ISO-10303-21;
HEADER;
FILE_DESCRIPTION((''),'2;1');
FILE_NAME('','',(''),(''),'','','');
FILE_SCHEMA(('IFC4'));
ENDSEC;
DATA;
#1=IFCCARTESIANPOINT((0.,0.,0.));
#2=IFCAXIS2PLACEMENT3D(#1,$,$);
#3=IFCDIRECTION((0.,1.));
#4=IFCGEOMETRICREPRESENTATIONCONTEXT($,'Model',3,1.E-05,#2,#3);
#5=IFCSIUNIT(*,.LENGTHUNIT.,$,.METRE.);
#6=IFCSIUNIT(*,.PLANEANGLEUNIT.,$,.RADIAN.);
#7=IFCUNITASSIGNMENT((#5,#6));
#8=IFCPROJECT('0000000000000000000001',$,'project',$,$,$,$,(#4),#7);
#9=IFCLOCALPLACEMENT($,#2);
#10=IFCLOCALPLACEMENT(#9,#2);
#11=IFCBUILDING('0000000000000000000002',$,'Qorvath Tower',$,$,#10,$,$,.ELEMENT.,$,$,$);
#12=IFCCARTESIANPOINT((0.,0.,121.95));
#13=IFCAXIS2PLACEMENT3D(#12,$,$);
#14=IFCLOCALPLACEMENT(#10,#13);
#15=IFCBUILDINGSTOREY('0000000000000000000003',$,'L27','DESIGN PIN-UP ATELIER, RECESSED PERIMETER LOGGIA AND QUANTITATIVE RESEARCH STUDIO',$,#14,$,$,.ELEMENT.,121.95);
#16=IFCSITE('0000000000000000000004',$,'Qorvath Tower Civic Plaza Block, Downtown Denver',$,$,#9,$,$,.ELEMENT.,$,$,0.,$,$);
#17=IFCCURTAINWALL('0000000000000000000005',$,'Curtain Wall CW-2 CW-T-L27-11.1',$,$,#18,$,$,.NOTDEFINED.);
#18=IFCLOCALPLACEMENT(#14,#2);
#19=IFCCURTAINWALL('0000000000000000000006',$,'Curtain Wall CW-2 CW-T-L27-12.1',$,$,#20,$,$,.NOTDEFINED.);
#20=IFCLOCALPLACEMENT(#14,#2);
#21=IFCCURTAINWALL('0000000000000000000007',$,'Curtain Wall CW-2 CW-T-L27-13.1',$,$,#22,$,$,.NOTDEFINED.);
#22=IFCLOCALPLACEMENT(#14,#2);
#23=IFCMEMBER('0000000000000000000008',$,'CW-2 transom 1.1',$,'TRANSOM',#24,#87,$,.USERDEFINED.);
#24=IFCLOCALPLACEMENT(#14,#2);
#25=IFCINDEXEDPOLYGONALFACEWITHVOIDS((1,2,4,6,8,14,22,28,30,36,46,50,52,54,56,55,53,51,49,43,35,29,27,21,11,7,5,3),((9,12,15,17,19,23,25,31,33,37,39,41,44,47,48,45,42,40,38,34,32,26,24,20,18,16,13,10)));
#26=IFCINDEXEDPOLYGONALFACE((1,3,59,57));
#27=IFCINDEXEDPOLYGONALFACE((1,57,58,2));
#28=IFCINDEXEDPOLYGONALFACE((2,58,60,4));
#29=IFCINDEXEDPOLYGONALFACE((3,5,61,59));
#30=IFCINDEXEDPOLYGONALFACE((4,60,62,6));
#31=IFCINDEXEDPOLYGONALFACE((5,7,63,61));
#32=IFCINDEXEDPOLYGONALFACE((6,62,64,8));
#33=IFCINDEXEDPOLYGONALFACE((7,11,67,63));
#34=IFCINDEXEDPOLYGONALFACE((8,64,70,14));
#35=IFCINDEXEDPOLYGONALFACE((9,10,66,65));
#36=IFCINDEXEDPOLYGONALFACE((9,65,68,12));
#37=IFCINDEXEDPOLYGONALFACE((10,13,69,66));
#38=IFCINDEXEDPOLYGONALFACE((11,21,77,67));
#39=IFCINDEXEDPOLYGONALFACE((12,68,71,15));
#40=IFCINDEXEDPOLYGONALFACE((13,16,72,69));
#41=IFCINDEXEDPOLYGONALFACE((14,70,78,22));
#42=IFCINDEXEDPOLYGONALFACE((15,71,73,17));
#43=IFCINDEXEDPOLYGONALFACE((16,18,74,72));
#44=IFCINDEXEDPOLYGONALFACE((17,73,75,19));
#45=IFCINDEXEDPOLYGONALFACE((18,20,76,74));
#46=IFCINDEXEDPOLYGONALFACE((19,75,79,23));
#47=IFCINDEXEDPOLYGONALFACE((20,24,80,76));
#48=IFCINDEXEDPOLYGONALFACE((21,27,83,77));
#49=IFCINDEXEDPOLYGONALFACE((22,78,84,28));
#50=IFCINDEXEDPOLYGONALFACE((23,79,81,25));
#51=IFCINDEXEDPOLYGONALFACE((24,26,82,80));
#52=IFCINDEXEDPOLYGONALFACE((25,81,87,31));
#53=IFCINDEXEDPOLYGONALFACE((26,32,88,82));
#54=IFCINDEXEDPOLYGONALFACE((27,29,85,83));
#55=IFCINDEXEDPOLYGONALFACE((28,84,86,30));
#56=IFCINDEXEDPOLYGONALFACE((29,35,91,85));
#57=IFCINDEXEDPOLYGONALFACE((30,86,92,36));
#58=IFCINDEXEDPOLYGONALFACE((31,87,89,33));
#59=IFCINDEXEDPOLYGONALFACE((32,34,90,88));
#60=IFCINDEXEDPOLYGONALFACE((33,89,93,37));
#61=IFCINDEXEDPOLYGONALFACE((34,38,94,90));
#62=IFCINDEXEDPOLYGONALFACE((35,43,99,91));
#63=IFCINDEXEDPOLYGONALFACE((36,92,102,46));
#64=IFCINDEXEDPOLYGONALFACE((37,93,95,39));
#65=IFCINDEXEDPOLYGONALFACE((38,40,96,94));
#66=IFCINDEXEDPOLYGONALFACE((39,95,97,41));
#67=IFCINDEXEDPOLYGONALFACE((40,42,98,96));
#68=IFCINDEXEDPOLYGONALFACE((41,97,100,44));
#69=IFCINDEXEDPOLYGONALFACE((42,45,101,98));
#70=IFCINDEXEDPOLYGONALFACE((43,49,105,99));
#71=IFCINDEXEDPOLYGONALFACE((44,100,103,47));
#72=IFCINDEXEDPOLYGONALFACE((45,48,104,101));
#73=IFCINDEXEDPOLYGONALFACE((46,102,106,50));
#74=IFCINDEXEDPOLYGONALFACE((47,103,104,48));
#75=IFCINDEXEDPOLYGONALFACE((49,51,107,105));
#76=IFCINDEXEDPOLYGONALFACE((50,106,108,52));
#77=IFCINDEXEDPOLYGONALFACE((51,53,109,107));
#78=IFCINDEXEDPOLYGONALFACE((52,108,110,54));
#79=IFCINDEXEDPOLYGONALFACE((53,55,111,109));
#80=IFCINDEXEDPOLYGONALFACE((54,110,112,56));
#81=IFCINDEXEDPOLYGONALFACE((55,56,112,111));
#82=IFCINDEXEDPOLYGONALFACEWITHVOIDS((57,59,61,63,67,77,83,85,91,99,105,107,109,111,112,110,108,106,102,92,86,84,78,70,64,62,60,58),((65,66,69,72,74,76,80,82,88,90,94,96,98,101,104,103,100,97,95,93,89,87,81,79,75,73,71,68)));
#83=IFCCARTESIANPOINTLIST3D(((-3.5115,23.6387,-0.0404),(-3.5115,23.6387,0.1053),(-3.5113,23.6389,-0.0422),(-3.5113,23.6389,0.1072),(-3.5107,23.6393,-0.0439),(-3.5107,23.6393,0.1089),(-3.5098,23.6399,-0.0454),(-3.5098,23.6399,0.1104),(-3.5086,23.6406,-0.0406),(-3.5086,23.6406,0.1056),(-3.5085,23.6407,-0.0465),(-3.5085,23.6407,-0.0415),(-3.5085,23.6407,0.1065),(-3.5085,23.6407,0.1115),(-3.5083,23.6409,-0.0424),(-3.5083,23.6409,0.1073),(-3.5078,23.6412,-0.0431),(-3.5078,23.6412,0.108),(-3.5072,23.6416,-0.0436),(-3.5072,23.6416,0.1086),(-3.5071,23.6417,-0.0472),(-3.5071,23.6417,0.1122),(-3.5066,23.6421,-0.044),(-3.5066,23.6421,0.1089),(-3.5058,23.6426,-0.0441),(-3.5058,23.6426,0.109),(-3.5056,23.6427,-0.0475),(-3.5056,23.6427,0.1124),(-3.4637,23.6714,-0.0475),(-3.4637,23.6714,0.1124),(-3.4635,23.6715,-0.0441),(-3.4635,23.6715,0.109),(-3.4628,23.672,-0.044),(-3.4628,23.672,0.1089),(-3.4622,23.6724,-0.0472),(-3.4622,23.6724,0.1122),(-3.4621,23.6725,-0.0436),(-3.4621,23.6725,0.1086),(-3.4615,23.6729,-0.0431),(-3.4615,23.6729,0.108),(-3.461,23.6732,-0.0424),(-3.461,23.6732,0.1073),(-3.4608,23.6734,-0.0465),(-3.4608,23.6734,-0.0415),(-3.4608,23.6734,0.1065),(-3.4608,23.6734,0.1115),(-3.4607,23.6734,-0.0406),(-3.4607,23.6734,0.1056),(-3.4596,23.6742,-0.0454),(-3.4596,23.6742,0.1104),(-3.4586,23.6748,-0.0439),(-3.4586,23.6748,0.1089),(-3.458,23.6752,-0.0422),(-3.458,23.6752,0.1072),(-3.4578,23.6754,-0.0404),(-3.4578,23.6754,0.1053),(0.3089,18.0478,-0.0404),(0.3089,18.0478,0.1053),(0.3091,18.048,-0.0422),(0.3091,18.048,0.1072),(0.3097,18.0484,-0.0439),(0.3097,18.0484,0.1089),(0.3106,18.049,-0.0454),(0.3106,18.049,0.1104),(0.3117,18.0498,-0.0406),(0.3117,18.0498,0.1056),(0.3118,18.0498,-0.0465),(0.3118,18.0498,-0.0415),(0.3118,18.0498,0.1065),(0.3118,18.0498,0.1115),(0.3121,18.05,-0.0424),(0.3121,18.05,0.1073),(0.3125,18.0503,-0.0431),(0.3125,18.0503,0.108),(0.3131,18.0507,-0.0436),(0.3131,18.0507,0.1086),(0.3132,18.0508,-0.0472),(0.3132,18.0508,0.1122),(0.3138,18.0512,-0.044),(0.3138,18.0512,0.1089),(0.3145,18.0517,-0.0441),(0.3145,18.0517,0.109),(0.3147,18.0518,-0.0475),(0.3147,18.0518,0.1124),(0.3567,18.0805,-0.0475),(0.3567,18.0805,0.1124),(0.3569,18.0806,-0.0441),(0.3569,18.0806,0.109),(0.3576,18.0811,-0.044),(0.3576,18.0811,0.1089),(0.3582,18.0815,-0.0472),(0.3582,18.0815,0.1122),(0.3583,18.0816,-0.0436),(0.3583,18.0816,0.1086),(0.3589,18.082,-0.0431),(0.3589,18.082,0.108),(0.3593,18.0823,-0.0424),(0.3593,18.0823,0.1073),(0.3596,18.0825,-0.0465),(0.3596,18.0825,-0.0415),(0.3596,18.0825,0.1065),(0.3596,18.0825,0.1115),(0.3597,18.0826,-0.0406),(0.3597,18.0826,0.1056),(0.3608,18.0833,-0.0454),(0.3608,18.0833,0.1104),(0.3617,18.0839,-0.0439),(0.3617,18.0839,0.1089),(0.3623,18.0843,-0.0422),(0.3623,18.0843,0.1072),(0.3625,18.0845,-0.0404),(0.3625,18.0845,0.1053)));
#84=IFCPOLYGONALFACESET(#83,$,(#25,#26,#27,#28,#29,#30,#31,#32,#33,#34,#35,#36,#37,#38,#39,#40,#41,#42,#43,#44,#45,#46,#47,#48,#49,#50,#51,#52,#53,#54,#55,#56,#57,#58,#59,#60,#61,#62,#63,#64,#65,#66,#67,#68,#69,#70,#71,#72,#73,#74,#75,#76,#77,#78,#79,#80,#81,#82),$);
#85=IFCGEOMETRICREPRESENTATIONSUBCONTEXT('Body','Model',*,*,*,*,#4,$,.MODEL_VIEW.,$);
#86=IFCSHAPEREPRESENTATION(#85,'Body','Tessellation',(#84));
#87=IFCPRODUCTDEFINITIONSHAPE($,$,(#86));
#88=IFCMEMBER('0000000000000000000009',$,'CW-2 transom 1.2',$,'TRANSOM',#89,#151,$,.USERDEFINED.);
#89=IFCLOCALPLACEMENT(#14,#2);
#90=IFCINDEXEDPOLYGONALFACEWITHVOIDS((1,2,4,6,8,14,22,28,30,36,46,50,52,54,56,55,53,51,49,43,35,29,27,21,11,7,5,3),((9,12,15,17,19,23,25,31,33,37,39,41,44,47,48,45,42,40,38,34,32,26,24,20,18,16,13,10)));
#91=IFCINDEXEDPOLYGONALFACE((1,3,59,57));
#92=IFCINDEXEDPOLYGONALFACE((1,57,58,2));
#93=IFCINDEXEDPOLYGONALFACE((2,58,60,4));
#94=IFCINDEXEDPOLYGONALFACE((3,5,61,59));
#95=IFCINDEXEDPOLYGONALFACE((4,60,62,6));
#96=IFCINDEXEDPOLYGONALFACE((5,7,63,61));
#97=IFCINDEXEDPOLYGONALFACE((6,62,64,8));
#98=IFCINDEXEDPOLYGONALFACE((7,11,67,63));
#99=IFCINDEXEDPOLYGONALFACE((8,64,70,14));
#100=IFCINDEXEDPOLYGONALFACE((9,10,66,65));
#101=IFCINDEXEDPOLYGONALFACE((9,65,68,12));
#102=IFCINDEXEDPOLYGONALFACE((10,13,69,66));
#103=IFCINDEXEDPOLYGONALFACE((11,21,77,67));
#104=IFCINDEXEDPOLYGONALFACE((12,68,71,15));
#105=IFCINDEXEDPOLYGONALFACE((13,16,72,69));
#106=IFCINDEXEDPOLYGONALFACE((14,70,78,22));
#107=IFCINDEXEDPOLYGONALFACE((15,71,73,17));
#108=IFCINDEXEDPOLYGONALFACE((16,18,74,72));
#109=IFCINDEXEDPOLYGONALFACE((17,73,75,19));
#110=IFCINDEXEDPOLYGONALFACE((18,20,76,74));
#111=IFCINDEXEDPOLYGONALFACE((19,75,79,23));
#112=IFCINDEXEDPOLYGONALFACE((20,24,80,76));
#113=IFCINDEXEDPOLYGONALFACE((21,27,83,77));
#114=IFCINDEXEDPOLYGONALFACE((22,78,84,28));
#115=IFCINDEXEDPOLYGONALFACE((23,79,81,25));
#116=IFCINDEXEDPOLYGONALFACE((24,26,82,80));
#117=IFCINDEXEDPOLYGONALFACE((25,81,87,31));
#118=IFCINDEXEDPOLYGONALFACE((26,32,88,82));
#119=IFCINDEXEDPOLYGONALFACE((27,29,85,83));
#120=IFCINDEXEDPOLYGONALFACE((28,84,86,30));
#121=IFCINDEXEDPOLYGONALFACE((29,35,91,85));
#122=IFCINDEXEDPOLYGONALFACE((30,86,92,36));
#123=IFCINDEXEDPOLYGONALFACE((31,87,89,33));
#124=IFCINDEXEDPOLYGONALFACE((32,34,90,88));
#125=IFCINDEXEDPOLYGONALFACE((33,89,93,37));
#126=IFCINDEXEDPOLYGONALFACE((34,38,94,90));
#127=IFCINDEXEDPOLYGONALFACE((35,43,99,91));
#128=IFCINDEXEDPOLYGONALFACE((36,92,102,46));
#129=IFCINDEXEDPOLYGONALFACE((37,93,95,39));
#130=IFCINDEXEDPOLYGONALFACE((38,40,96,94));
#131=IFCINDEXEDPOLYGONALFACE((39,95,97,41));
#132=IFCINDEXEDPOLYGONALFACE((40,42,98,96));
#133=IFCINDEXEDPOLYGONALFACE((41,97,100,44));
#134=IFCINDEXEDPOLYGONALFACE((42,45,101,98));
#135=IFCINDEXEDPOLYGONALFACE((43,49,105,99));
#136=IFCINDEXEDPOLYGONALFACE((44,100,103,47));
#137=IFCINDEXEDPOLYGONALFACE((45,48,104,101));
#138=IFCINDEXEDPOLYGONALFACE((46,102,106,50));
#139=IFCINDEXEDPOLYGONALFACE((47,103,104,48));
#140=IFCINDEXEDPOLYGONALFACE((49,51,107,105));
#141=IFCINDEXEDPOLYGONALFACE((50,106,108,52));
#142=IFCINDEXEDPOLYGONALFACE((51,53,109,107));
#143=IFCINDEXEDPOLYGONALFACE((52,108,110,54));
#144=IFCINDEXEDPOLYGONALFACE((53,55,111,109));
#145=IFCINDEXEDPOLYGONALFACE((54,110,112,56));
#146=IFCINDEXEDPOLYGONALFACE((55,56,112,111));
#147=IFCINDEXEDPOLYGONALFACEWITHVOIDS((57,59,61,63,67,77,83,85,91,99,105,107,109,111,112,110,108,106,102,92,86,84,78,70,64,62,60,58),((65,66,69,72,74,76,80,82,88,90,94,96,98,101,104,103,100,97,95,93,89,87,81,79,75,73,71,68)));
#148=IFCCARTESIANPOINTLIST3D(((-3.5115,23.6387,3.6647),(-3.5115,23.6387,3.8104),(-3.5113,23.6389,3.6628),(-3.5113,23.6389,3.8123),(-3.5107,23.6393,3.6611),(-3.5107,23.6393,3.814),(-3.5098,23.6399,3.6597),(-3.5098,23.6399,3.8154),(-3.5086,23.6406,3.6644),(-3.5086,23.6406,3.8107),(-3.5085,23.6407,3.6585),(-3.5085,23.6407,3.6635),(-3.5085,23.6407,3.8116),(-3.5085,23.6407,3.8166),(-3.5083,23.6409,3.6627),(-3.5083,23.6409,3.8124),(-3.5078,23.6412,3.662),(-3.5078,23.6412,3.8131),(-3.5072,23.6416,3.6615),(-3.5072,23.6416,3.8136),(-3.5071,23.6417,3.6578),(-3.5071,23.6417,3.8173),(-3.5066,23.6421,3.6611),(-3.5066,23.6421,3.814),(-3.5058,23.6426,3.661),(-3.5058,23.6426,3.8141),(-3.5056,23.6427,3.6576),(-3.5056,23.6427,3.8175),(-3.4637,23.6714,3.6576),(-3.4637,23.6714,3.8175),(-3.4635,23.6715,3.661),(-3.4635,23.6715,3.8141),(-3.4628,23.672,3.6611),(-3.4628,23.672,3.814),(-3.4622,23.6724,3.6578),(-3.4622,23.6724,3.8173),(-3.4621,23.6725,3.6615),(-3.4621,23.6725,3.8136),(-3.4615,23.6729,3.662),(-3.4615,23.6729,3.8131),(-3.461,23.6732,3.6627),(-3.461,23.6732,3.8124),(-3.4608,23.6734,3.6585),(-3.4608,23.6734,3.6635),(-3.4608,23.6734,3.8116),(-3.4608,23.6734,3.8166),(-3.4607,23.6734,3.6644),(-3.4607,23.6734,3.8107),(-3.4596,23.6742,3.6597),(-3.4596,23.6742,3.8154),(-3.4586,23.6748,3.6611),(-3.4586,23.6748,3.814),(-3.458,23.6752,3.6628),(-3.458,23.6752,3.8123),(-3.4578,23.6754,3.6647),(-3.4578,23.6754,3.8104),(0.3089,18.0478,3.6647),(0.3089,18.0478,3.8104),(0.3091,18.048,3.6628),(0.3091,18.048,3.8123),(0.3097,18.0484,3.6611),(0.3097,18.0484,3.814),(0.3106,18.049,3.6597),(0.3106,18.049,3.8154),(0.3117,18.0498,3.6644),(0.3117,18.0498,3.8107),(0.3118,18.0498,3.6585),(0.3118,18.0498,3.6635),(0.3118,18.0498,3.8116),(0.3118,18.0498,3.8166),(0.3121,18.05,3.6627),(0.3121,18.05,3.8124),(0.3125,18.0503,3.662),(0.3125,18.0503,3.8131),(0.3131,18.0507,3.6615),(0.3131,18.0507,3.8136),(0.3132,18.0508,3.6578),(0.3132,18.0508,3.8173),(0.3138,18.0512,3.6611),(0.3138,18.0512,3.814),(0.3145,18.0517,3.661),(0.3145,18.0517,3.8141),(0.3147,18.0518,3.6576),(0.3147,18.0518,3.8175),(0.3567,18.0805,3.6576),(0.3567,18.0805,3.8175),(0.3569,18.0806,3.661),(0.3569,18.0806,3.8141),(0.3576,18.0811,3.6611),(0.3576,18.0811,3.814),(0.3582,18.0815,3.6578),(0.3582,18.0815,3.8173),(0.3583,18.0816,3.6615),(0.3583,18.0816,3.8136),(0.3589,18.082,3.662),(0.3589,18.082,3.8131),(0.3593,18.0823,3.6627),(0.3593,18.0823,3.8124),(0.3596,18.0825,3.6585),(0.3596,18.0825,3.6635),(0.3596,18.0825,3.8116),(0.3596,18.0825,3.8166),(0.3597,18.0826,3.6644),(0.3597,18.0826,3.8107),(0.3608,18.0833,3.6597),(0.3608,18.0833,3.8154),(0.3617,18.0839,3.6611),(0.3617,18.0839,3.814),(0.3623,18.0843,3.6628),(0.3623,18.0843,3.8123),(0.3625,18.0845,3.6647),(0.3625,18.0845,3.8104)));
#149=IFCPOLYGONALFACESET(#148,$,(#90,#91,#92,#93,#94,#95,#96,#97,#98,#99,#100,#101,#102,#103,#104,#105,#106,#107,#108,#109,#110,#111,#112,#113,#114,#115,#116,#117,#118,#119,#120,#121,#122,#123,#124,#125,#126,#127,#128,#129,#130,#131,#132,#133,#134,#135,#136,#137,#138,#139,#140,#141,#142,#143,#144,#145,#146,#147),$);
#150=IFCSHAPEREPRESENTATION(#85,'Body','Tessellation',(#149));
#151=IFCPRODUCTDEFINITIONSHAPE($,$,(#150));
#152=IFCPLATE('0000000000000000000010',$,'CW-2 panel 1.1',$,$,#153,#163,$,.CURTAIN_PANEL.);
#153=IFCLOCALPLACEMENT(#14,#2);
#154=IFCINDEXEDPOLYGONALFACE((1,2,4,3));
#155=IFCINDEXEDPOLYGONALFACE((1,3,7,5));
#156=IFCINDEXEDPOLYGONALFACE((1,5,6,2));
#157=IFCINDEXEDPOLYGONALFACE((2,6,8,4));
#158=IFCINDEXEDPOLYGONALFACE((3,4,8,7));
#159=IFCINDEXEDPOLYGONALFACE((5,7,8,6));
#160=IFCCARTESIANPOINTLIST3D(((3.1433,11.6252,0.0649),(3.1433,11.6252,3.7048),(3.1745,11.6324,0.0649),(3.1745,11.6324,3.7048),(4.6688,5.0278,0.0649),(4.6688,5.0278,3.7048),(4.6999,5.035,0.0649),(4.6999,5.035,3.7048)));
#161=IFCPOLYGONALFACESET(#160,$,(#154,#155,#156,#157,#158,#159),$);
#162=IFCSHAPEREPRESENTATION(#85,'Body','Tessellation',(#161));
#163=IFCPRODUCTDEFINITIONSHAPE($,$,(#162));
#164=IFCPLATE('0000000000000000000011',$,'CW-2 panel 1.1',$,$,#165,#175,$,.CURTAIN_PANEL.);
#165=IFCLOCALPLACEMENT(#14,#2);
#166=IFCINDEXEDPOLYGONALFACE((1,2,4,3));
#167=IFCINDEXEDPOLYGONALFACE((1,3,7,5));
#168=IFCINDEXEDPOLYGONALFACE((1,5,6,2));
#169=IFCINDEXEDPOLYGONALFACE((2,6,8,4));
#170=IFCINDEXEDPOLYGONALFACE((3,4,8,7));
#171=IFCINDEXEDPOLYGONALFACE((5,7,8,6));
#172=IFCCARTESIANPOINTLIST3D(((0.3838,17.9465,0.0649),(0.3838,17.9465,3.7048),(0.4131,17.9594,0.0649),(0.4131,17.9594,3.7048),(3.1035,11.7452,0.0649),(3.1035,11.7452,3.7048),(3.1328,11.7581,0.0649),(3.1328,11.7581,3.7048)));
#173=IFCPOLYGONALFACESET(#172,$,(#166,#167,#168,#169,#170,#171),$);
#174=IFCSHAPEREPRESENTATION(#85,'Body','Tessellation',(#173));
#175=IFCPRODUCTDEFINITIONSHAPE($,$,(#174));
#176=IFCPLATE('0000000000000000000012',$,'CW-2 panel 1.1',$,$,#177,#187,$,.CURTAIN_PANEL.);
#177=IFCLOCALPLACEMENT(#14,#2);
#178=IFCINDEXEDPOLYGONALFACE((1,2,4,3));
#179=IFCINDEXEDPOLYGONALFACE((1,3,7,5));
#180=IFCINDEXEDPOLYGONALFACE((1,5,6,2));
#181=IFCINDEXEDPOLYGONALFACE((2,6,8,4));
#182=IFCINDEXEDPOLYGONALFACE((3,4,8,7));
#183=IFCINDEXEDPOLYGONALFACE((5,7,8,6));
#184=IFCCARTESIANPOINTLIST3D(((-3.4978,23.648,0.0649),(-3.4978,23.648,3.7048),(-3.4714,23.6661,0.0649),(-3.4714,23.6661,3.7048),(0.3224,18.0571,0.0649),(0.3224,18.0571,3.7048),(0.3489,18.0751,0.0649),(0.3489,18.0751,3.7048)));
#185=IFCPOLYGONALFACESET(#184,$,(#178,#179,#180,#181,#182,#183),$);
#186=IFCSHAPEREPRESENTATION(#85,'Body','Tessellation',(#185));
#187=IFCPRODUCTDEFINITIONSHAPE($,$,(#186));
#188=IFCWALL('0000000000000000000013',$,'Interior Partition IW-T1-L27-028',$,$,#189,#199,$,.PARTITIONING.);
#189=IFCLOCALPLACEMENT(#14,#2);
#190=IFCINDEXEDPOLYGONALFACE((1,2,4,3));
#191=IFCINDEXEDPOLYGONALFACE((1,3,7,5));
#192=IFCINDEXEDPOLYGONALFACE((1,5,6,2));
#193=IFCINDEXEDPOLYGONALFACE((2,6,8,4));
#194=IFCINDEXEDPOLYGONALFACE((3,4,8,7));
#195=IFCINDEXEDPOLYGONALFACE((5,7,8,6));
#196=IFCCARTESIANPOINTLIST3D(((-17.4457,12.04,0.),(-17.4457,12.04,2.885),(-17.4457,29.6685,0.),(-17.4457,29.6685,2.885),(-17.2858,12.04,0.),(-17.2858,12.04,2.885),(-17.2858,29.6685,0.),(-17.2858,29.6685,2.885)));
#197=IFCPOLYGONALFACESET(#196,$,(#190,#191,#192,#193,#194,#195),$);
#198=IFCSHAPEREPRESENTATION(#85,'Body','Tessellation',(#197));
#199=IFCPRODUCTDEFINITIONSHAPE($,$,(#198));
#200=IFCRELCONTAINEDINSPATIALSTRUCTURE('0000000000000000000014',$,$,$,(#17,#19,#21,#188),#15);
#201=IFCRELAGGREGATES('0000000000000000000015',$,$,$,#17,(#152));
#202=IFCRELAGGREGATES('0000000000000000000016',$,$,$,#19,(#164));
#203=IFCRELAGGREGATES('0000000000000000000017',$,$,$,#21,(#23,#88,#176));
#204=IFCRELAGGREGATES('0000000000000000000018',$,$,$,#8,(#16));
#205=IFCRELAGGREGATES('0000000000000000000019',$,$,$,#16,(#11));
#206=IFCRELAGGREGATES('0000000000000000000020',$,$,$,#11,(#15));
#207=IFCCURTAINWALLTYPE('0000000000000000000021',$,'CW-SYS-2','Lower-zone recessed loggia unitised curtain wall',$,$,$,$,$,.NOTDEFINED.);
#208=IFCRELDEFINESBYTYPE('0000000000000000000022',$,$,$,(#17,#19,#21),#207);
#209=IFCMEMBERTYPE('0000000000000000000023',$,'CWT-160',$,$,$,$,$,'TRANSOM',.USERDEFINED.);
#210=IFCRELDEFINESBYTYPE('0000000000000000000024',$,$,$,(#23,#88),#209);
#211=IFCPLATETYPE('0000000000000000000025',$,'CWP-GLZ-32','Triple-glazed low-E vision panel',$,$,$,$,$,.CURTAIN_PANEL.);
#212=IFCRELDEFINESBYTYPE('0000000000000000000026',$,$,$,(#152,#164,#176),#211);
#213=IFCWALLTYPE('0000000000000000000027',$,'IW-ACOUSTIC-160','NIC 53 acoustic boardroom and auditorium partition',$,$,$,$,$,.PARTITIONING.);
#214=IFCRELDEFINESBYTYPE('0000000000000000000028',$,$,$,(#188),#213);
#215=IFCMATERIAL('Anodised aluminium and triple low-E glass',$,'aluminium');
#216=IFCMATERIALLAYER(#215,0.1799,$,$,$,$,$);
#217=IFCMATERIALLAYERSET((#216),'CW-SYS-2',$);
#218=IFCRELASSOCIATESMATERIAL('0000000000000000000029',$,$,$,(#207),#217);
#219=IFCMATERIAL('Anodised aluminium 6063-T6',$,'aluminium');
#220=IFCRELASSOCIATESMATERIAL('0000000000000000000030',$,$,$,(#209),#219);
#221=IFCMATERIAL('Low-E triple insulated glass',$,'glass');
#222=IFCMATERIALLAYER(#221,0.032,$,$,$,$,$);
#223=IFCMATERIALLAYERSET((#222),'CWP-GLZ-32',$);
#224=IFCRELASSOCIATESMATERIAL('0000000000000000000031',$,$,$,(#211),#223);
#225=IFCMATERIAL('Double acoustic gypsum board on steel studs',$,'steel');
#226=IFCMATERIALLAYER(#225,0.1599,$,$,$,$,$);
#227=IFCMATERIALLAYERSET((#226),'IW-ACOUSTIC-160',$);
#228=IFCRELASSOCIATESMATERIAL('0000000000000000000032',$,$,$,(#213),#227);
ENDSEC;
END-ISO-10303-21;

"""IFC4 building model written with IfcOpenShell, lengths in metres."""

from ifc_helpers import new_model, si_unit, direction, frame, frame_2d, origin, origin_2d, place, context, subcontext, project, spatial, rectangle, hollow_rectangle, extrude, material, layer, layer_set, material_profile, profile_set, type_object, element, aggregate, save


model = new_model("IFC4")

# Units and contexts
model_context = context("Model", 3, precision=1e-05, world=origin(), true_north=direction((0.0, 1.0)))
body_context = subcontext(model_context, "Body", "Model", "MODEL_VIEW")
ifc_project = project(units=[si_unit("LENGTHUNIT", "METRE"), si_unit("PLANEANGLEUNIT", "RADIAN")], contexts=[model_context])

# Site, building, storey
site_placement = place(None, origin())
site = spatial("IfcSite", under=ifc_project, at=site_placement, Name="Qorvath Tower Civic Plaza Block, Downtown Denver", CompositionType="ELEMENT", RefElevation=0.0)
building_placement = place(site_placement, origin())
building = spatial("IfcBuilding", under=site, at=building_placement, Name="Qorvath Tower", CompositionType="ELEMENT")
storey_placement = place(building_placement, frame((0.0, 0.0, 121.95)))
storey = spatial("IfcBuildingStorey", under=building, at=storey_placement, Name="L27", Description="DESIGN PIN-UP ATELIER, RECESSED PERIMETER LOGGIA AND QUANTITATIVE RESEARCH STUDIO", CompositionType="ELEMENT", Elevation=121.95)

# Curtain wall
ifc_material_1 = material(Name="Anodised aluminium and triple low-E glass", Category="aluminium")
ifc_layer_1 = layer(ifc_material_1, 0.1799)
ifc_layer_set_1 = layer_set([ifc_layer_1], Name="CW-SYS-2")
curtain_wall_type = type_object("IfcCurtainWallType", Name="CW-SYS-2", Description="Lower-zone recessed loggia unitised curtain wall", PredefinedType="NOTDEFINED", material=ifc_layer_set_1)
curtain_wall_1_placement = place(storey_placement, origin())
curtain_wall_1 = element("IfcCurtainWall", 1, at=curtain_wall_1_placement, inside=storey, type_object=curtain_wall_type, Name="Curtain Wall CW-2 CW-T-L27-11.1", PredefinedType="NOTDEFINED")

# Curtain wall
curtain_wall_2_placement = place(storey_placement, origin())
curtain_wall_2 = element("IfcCurtainWall", 2, at=curtain_wall_2_placement, inside=storey, type_object=curtain_wall_type, Name="Curtain Wall CW-2 CW-T-L27-12.1", PredefinedType="NOTDEFINED")

# Curtain wall
curtain_wall_3_placement = place(storey_placement, origin())
curtain_wall_3 = element("IfcCurtainWall", 3, at=curtain_wall_3_placement, inside=storey, type_object=curtain_wall_type, Name="Curtain Wall CW-2 CW-T-L27-13.1", PredefinedType="NOTDEFINED")

# Members
ifc_material_2 = material(Name="Anodised aluminium 6063-T6", Category="aluminium")
ifc_material_profile_1 = material_profile(ifc_material_2, hollow_rectangle(XDim=0.0649, YDim=0.1599, WallThickness=0.0034, InnerFilletRadius=0.0034, OuterFilletRadius=0.0071, at=origin_2d()), Name="CWT 160x65")
ifc_profile_set_1 = profile_set([ifc_material_profile_1], Name="Anodised aluminium 6063-T6")
member_type_1 = type_object("IfcMemberType", Name="CWT-160", ElementType="TRANSOM", PredefinedType="USERDEFINED", material=ifc_profile_set_1)
member_1_placement = place(storey_placement, frame((0.3357, 18.0662, 0.0325), z_axis=(-0.564182, 0.82565, 0.0), x_axis=(-0.82565, -0.564182, 0.0)))
member_1 = element("IfcMember", 4, at=member_1_placement, type_object=member_type_1, Name="CW-2 transom 1.1", ObjectType="TRANSOM", PredefinedType="USERDEFINED", context=body_context, shape_type="SweptSolid", body=[
    extrude(hollow_rectangle(XDim=0.0649, YDim=0.1599, WallThickness=0.0034, InnerFilletRadius=0.0034, OuterFilletRadius=0.0071, at=origin_2d()), origin(), (0.0, 0.0, 1.0), 6.7715),
])
member_2_placement = place(storey_placement, frame((0.3357, 18.0662, 3.7375), z_axis=(-0.564182, 0.82565, 0.0), x_axis=(-0.82565, -0.564182, 0.0)))
member_2 = element("IfcMember", 5, at=member_2_placement, type_object=member_type_1, Name="CW-2 transom 1.2", ObjectType="TRANSOM", PredefinedType="USERDEFINED", context=body_context, shape_type="SweptSolid", body=[
    extrude(hollow_rectangle(XDim=0.0649, YDim=0.1599, WallThickness=0.0034, InnerFilletRadius=0.0034, OuterFilletRadius=0.0071, at=origin_2d()), origin(), (0.0, 0.0, 1.0), 6.7715),
])

# Plates
ifc_material_3 = material(Name="Low-E triple insulated glass", Category="glass")
ifc_layer_2 = layer(ifc_material_3, 0.032)
ifc_layer_set_2 = layer_set([ifc_layer_2], Name="CWP-GLZ-32")
plate_type = type_object("IfcPlateType", Name="CWP-GLZ-32", Description="Triple-glazed low-E vision panel", PredefinedType="CURTAIN_PANEL", material=ifc_layer_set_2)
plate_1_placement = place(storey_placement, frame((3.9216, 8.3301, 0.0649), z_axis=(0.0, 0.0, 1.0), x_axis=(-0.22527, 0.974296, 0.0)))
plate_1 = element("IfcPlate", 6, at=plate_1_placement, type_object=plate_type, Name="CW-2 panel 1.1", PredefinedType="CURTAIN_PANEL", context=body_context, shape_type="SweptSolid", body=[
    extrude(rectangle(XDim=6.7715, YDim=0.032, at=origin_2d()), origin(), (0.0, 0.0, 1.0), 3.6399),
])
aggregate(curtain_wall_1, [plate_1])
plate_2_placement = place(storey_placement, frame((1.7583, 14.8523, 0.0649), z_axis=(0.0, 0.0, 1.0), x_axis=(-0.401649, 0.915794, 0.0)))
plate_2 = element("IfcPlate", 7, at=plate_2_placement, type_object=plate_type, Name="CW-2 panel 1.1", PredefinedType="CURTAIN_PANEL", context=body_context, shape_type="SweptSolid", body=[
    extrude(rectangle(XDim=6.7715, YDim=0.032, at=origin_2d()), origin(), (0.0, 0.0, 1.0), 3.6399),
])
aggregate(curtain_wall_2, [plate_2])
plate_3_placement = place(storey_placement, frame((-1.5745, 20.8616, 0.0649), z_axis=(0.0, 0.0, 1.0), x_axis=(-0.564164, 0.825663, 0.0)))
plate_3 = element("IfcPlate", 8, at=plate_3_placement, type_object=plate_type, Name="CW-2 panel 1.1", PredefinedType="CURTAIN_PANEL", context=body_context, shape_type="SweptSolid", body=[
    extrude(rectangle(XDim=6.7715, YDim=0.032, at=origin_2d()), origin(), (0.0, 0.0, 1.0), 3.6399),
])
aggregate(curtain_wall_3, [member_1, member_2, plate_3])

# Wall
ifc_material_4 = material(Name="Double acoustic gypsum board on steel studs", Category="steel")
ifc_layer_3 = layer(ifc_material_4, 0.1599)
ifc_layer_set_3 = layer_set([ifc_layer_3], Name="IW-ACOUSTIC-160")
wall_type_1 = type_object("IfcWallType", Name="IW-ACOUSTIC-160", Description="NIC 53 acoustic boardroom and auditorium partition", PredefinedType="PARTITIONING", material=ifc_layer_set_3)
wall_1_placement = place(storey_placement, frame((-17.3657, 12.04, 0.0), z_axis=(0.0, 0.0, 1.0), x_axis=(0.0, 1.0, 0.0)))
element("IfcWall", 9, at=wall_1_placement, inside=storey, type_object=wall_type_1, Name="Interior Partition IW-T1-L27-028", PredefinedType="PARTITIONING", context=body_context, shape_type="SweptSolid", body=[
    extrude(rectangle(XDim=17.6284, YDim=0.1599, at=frame_2d((8.8142, 0.0))), origin(), (0.0, 0.0, 1.0), 2.885),
])

save(model, "model.ifc")
